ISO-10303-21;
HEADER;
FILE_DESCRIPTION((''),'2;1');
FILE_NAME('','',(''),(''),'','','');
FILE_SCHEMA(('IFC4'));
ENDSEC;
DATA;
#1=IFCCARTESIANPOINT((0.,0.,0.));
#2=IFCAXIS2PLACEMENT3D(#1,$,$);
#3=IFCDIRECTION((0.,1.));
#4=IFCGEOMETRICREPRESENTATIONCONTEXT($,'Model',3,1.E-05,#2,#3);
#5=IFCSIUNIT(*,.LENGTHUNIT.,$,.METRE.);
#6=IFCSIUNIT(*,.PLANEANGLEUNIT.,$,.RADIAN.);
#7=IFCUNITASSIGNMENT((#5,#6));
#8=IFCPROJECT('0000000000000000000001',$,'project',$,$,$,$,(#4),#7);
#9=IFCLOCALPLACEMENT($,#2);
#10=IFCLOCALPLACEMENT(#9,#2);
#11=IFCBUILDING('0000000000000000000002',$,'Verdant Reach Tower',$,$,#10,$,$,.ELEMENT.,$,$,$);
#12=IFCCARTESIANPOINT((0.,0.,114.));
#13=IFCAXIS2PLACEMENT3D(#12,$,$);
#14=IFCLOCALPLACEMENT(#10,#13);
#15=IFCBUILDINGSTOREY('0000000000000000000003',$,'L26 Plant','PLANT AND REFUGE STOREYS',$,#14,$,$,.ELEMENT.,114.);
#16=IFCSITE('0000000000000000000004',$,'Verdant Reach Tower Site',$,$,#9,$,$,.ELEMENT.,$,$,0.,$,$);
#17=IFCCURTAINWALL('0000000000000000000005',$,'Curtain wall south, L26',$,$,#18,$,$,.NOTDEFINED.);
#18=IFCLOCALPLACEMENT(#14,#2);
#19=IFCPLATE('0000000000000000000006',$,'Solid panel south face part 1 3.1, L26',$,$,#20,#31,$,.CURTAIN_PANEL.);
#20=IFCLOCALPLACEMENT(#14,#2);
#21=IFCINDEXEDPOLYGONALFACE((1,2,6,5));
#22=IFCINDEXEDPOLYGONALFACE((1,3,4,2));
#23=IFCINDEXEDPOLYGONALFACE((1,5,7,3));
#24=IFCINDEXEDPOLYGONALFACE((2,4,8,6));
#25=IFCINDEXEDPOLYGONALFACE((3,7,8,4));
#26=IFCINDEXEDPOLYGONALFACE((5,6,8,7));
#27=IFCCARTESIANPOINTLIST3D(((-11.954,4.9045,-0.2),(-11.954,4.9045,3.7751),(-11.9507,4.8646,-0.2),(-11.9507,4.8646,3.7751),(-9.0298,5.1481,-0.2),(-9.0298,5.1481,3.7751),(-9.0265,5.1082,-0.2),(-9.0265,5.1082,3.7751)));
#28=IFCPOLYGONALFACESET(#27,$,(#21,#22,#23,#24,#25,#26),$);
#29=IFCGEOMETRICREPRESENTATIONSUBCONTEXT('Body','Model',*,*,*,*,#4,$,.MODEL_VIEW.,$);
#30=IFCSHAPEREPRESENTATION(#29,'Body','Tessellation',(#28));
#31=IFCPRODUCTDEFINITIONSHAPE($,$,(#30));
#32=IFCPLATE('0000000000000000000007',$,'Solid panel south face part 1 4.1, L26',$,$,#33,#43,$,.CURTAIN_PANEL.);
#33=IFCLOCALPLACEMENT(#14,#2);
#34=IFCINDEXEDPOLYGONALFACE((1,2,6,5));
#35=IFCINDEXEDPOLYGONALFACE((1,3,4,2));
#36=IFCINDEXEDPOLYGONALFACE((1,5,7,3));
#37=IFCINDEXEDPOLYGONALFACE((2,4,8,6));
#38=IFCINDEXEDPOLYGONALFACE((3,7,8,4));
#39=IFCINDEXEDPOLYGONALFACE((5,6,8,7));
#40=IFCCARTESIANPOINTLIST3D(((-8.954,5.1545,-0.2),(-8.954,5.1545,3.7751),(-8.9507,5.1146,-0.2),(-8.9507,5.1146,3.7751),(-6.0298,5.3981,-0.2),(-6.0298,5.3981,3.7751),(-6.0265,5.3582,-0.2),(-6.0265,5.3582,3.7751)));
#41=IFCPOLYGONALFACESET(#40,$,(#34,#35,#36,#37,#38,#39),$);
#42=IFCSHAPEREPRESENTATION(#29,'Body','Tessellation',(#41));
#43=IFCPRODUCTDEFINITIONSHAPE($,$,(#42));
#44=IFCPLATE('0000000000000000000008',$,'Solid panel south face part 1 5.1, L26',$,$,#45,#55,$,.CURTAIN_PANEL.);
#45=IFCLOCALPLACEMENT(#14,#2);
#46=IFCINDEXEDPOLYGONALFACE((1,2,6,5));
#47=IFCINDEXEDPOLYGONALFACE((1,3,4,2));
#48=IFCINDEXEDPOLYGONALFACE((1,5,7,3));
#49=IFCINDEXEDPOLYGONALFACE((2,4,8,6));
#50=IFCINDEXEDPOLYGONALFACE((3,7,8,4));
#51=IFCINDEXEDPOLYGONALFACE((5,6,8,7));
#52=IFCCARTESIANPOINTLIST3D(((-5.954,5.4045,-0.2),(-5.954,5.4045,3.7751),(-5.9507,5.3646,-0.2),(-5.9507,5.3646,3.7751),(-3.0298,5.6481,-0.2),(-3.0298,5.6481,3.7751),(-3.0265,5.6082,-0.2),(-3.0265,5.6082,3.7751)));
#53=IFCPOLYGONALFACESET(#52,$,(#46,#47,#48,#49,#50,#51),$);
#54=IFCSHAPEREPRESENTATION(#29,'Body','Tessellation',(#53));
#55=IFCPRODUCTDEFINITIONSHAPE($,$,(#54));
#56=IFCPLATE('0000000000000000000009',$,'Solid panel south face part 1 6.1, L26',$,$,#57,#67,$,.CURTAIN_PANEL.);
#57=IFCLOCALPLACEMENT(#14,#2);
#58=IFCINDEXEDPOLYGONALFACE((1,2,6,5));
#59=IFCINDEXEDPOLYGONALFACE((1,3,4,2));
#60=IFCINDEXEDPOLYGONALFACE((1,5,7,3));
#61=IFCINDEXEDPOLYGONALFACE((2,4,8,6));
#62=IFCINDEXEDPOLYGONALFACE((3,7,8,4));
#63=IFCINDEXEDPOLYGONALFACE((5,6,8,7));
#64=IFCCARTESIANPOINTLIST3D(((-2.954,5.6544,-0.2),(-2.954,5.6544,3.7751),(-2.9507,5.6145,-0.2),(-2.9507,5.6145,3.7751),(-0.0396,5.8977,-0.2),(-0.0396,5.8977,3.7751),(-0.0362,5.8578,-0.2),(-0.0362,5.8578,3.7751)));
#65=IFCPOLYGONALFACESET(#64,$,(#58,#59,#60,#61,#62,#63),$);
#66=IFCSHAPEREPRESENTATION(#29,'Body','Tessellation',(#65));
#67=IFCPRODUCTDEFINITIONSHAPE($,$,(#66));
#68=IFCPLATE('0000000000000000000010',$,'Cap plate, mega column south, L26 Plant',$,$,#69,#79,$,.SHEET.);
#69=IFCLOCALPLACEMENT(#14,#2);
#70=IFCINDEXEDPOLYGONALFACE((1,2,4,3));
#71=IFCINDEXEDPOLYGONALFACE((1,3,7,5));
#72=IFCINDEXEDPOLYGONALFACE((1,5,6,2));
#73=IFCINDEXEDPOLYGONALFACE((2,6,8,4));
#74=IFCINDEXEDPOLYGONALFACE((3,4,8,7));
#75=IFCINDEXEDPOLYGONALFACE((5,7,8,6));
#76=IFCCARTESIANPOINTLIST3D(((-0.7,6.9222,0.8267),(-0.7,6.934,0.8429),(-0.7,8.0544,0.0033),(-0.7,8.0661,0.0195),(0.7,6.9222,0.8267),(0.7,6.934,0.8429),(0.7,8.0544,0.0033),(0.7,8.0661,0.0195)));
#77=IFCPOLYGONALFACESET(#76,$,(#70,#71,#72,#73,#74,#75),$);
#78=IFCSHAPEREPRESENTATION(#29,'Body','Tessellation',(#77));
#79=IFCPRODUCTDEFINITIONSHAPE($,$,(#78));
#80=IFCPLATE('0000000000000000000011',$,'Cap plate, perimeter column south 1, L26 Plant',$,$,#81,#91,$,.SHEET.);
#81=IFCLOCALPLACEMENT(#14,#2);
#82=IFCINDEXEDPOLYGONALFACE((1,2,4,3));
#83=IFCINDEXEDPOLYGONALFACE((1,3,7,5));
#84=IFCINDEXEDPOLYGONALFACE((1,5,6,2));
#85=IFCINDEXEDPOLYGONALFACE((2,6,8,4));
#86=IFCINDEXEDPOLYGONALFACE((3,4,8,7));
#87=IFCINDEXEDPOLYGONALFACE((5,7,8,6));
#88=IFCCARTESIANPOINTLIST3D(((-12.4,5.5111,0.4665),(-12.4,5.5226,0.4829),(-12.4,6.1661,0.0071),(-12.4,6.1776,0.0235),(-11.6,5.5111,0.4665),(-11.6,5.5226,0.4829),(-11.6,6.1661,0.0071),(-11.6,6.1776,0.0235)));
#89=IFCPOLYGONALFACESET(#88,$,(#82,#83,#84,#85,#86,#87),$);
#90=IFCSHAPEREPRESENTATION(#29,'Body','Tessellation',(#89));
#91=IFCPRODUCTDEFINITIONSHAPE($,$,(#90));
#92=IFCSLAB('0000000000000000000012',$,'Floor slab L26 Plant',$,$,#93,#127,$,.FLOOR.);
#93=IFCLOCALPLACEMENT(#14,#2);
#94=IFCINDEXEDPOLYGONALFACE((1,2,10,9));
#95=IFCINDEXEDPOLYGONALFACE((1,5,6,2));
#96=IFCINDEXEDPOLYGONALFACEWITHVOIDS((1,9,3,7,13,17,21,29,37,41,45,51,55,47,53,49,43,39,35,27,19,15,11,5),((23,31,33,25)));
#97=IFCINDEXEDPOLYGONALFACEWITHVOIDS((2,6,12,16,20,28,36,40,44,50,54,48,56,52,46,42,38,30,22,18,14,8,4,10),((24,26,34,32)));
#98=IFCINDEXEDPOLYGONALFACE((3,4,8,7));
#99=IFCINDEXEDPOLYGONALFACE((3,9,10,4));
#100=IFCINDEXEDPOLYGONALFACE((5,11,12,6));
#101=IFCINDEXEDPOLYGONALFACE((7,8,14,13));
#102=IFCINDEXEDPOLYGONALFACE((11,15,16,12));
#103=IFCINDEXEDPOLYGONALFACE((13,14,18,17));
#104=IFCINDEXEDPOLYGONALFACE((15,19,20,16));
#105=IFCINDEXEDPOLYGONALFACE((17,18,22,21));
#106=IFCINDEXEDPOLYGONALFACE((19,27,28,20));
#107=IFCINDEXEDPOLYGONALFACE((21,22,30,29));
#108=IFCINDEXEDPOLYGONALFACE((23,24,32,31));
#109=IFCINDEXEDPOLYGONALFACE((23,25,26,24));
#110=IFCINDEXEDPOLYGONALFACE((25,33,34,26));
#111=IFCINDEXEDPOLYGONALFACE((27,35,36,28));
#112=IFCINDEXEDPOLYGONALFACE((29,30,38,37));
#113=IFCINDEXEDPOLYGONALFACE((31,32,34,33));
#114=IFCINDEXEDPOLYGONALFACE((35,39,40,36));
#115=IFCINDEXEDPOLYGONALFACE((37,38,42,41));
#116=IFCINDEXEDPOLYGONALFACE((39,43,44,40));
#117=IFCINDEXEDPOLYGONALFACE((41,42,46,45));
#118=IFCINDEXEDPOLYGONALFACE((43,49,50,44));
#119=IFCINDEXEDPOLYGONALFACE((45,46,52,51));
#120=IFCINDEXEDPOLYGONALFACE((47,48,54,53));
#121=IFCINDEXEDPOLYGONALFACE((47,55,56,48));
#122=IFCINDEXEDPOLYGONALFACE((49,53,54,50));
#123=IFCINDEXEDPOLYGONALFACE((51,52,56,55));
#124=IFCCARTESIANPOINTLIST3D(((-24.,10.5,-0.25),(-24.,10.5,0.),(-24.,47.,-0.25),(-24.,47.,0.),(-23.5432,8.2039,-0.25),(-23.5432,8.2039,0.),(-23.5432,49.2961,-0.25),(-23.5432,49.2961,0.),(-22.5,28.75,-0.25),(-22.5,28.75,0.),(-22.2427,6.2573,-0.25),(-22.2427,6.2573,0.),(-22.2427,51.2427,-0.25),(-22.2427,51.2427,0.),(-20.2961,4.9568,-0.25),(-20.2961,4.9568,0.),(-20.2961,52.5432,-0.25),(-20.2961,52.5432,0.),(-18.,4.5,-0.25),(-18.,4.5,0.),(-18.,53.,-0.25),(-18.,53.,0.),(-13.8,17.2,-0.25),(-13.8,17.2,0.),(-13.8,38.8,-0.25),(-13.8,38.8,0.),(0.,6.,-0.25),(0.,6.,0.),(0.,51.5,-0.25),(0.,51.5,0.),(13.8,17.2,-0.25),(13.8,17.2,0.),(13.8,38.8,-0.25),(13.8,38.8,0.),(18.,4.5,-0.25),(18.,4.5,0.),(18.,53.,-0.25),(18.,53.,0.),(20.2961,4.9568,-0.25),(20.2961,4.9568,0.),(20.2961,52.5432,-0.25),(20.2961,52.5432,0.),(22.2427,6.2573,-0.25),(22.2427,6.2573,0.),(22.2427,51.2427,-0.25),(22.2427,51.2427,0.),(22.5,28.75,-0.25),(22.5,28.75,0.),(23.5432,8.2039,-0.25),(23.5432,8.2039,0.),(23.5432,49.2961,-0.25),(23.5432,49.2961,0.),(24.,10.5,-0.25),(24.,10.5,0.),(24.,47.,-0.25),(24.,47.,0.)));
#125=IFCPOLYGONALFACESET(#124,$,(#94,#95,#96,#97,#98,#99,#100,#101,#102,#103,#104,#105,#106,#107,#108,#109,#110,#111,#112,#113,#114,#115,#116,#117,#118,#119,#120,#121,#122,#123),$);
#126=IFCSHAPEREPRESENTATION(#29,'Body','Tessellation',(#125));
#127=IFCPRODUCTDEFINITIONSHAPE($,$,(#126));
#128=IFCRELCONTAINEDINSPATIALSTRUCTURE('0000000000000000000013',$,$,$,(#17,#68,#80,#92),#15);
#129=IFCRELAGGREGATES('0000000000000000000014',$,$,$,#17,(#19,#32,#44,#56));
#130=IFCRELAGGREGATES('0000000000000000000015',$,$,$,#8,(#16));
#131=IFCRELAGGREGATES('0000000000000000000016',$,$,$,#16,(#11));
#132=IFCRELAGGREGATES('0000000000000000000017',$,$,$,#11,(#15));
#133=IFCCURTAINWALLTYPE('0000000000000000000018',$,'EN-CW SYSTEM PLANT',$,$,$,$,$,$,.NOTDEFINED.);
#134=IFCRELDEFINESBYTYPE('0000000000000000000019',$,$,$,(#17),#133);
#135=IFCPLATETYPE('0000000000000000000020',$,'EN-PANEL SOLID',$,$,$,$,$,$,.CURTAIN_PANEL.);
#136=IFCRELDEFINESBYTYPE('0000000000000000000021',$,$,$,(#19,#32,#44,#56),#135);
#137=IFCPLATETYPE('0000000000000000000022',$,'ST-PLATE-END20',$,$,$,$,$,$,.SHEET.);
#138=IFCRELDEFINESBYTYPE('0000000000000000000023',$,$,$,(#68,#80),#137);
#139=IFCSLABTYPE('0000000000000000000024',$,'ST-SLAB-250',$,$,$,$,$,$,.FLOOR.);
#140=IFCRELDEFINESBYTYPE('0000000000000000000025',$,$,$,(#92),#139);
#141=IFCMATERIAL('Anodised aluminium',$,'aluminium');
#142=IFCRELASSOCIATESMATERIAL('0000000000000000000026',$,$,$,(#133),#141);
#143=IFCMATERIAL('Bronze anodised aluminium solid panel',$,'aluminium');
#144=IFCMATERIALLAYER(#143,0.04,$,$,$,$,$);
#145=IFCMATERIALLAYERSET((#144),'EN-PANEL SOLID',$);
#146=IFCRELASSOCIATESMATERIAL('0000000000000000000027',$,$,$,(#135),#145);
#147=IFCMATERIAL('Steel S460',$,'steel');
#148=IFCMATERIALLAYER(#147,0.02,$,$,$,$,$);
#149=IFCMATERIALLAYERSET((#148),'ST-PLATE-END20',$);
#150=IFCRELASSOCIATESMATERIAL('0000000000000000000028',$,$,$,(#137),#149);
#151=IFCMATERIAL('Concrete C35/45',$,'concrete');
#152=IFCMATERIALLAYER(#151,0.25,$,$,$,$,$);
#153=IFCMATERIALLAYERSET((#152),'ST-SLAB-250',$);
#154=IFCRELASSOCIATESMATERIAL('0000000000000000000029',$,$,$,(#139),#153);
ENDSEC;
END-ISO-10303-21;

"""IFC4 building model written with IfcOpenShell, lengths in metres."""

from ifc_helpers import new_model, si_unit, direction, frame, origin, origin_2d, place, context, subcontext, project, spatial, polyline, rectangle, outline, extrude, material, layer, layer_set, type_object, element, aggregate, save


model = new_model("IFC4")

# Units and contexts
model_context = context("Model", 3, precision=1e-05, world=origin(), true_north=direction((0.0, 1.0)))
body_context = subcontext(model_context, "Body", "Model", "MODEL_VIEW")
ifc_project = project(units=[si_unit("LENGTHUNIT", "METRE"), si_unit("PLANEANGLEUNIT", "RADIAN")], contexts=[model_context])

# Site, building, storey
site_placement = place(None, origin())
site = spatial("IfcSite", under=ifc_project, at=site_placement, Name="Verdant Reach Tower Site", CompositionType="ELEMENT", RefElevation=0.0)
building_placement = place(site_placement, origin())
building = spatial("IfcBuilding", under=site, at=building_placement, Name="Verdant Reach Tower", CompositionType="ELEMENT")
storey_placement = place(building_placement, frame((0.0, 0.0, 114.0)))
storey = spatial("IfcBuildingStorey", under=building, at=storey_placement, Name="L26 Plant", Description="PLANT AND REFUGE STOREYS", CompositionType="ELEMENT", Elevation=114.0)

# Shared definitions
ifc_material_1 = material(Name="Steel S460", Category="steel")

# Curtain wall
ifc_material_2 = material(Name="Anodised aluminium", Category="aluminium")
curtain_wall_type = type_object("IfcCurtainWallType", Name="EN-CW SYSTEM PLANT", PredefinedType="NOTDEFINED", material=ifc_material_2)
curtain_wall_placement = place(storey_placement, origin())
curtain_wall = element("IfcCurtainWall", 1, at=curtain_wall_placement, inside=storey, type_object=curtain_wall_type, Name="Curtain wall south, L26", PredefinedType="NOTDEFINED")

# Plates
ifc_material_3 = material(Name="Bronze anodised aluminium solid panel", Category="aluminium")
ifc_layer_1 = layer(ifc_material_3, 0.04)
ifc_layer_set_1 = layer_set([ifc_layer_1], Name="EN-PANEL SOLID")
plate_type_1 = type_object("IfcPlateType", Name="EN-PANEL SOLID", PredefinedType="CURTAIN_PANEL", material=ifc_layer_set_1)
plate_1_placement = place(storey_placement, frame((-10.4902, 5.0063, -0.2), z_axis=(0.0, 0.0, 1.0), x_axis=(0.996546, 0.083045, 0.0)))
plate_1 = element("IfcPlate", 2, at=plate_1_placement, type_object=plate_type_1, Name="Solid panel south face part 1 3.1, L26", PredefinedType="CURTAIN_PANEL", context=body_context, shape_type="SweptSolid", body=[
    extrude(rectangle(XDim=2.9343, YDim=0.04, at=origin_2d()), origin(), (0.0, 0.0, 1.0), 3.9751),
])
plate_2_placement = place(storey_placement, frame((-7.4902, 5.2563, -0.2), z_axis=(0.0, 0.0, 1.0), x_axis=(0.996546, 0.083045, 0.0)))
plate_2 = element("IfcPlate", 3, at=plate_2_placement, type_object=plate_type_1, Name="Solid panel south face part 1 4.1, L26", PredefinedType="CURTAIN_PANEL", context=body_context, shape_type="SweptSolid", body=[
    extrude(rectangle(XDim=2.9343, YDim=0.04, at=origin_2d()), origin(), (0.0, 0.0, 1.0), 3.9751),
])
plate_3_placement = place(storey_placement, frame((-4.4902, 5.5063, -0.2), z_axis=(0.0, 0.0, 1.0), x_axis=(0.996546, 0.083045, 0.0)))
plate_3 = element("IfcPlate", 4, at=plate_3_placement, type_object=plate_type_1, Name="Solid panel south face part 1 5.1, L26", PredefinedType="CURTAIN_PANEL", context=body_context, shape_type="SweptSolid", body=[
    extrude(rectangle(XDim=2.9343, YDim=0.04, at=origin_2d()), origin(), (0.0, 0.0, 1.0), 3.9751),
])
plate_4_placement = place(storey_placement, frame((-1.4951, 5.7561, -0.2), z_axis=(0.0, 0.0, 1.0), x_axis=(0.996534, 0.083182, 0.0)))
plate_4 = element("IfcPlate", 5, at=plate_4_placement, type_object=plate_type_1, Name="Solid panel south face part 1 6.1, L26", PredefinedType="CURTAIN_PANEL", context=body_context, shape_type="SweptSolid", body=[
    extrude(rectangle(XDim=2.9246, YDim=0.04, at=origin_2d()), origin(), (0.0, 0.0, 1.0), 3.9751),
])

# Plates
ifc_layer_2 = layer(ifc_material_1, 0.02)
ifc_layer_set_2 = layer_set([ifc_layer_2], Name="ST-PLATE-END20")
plate_type_2 = type_object("IfcPlateType", Name="ST-PLATE-END20", PredefinedType="SHEET", material=ifc_layer_set_2)
plate_5_placement = place(storey_placement, frame((0.0, 7.4883, 0.415), z_axis=(0.0, 0.588172, 0.808736), x_axis=(-1.0, 0.0, 0.0)))
element("IfcPlate", 6, at=plate_5_placement, inside=storey, type_object=plate_type_2, Name="Cap plate, mega column south, L26 Plant", PredefinedType="SHEET", context=body_context, shape_type="SweptSolid", body=[
    extrude(rectangle(XDim=1.3999, YDim=1.3999, at=origin_2d()), origin(), (0.0, 0.0, 1.0), 0.02),
])
plate_6_placement = place(storey_placement, frame((-12.0, 5.8386, 0.2368), z_axis=(0.0, 0.574282, 0.818657), x_axis=(-1.0, 0.0, 0.0)))
element("IfcPlate", 7, at=plate_6_placement, inside=storey, type_object=plate_type_2, Name="Cap plate, perimeter column south 1, L26 Plant", PredefinedType="SHEET", context=body_context, shape_type="SweptSolid", body=[
    extrude(rectangle(XDim=0.8, YDim=0.8, at=origin_2d()), origin(), (0.0, 0.0, 1.0), 0.02),
])

# Slab
ifc_material_4 = material(Name="Concrete C35/45", Category="concrete")
ifc_layer_3 = layer(ifc_material_4, 0.25)
ifc_layer_set_3 = layer_set([ifc_layer_3], Name="ST-SLAB-250")
slab_type_1 = type_object("IfcSlabType", Name="ST-SLAB-250", PredefinedType="FLOOR", material=ifc_layer_set_3)
slab_1_placement = place(storey_placement, frame((0.0, 0.0, -0.25)))
element("IfcSlab", 8, at=slab_1_placement, inside=storey, type_object=slab_type_1, Name="Floor slab L26 Plant", PredefinedType="FLOOR", context=body_context, shape_type="SweptSolid", body=[
    extrude(outline(polyline([(0.0, 6.0), (-18.0, 4.5), (-20.2961, 4.9568), (-22.2427, 6.2573), (-23.5432, 8.2039), (-24.0, 10.5), (-22.5, 28.75), (-24.0, 47.0), (-23.5432, 49.2961), (-22.2427, 51.2427), (-20.2961, 52.5432), (-18.0, 53.0), (0.0, 51.5), (18.0, 53.0), (20.2961, 52.5432), (22.2427, 51.2427), (23.5432, 49.2961), (24.0, 47.0), (22.5, 28.75), (24.0, 10.5), (23.5432, 8.2039), (22.2427, 6.2573), (20.2961, 4.9568), (18.0, 4.5), (0.0, 6.0)]), holes=[polyline([(13.8, 38.8), (-13.8, 38.8), (-13.8, 17.2), (13.8, 17.2), (13.8, 38.8)])]), origin(), (0.0, 0.0, 1.0), 0.25),
])

aggregate(curtain_wall, [plate_1, plate_2, plate_3, plate_4])

save(model, "model.ifc")
